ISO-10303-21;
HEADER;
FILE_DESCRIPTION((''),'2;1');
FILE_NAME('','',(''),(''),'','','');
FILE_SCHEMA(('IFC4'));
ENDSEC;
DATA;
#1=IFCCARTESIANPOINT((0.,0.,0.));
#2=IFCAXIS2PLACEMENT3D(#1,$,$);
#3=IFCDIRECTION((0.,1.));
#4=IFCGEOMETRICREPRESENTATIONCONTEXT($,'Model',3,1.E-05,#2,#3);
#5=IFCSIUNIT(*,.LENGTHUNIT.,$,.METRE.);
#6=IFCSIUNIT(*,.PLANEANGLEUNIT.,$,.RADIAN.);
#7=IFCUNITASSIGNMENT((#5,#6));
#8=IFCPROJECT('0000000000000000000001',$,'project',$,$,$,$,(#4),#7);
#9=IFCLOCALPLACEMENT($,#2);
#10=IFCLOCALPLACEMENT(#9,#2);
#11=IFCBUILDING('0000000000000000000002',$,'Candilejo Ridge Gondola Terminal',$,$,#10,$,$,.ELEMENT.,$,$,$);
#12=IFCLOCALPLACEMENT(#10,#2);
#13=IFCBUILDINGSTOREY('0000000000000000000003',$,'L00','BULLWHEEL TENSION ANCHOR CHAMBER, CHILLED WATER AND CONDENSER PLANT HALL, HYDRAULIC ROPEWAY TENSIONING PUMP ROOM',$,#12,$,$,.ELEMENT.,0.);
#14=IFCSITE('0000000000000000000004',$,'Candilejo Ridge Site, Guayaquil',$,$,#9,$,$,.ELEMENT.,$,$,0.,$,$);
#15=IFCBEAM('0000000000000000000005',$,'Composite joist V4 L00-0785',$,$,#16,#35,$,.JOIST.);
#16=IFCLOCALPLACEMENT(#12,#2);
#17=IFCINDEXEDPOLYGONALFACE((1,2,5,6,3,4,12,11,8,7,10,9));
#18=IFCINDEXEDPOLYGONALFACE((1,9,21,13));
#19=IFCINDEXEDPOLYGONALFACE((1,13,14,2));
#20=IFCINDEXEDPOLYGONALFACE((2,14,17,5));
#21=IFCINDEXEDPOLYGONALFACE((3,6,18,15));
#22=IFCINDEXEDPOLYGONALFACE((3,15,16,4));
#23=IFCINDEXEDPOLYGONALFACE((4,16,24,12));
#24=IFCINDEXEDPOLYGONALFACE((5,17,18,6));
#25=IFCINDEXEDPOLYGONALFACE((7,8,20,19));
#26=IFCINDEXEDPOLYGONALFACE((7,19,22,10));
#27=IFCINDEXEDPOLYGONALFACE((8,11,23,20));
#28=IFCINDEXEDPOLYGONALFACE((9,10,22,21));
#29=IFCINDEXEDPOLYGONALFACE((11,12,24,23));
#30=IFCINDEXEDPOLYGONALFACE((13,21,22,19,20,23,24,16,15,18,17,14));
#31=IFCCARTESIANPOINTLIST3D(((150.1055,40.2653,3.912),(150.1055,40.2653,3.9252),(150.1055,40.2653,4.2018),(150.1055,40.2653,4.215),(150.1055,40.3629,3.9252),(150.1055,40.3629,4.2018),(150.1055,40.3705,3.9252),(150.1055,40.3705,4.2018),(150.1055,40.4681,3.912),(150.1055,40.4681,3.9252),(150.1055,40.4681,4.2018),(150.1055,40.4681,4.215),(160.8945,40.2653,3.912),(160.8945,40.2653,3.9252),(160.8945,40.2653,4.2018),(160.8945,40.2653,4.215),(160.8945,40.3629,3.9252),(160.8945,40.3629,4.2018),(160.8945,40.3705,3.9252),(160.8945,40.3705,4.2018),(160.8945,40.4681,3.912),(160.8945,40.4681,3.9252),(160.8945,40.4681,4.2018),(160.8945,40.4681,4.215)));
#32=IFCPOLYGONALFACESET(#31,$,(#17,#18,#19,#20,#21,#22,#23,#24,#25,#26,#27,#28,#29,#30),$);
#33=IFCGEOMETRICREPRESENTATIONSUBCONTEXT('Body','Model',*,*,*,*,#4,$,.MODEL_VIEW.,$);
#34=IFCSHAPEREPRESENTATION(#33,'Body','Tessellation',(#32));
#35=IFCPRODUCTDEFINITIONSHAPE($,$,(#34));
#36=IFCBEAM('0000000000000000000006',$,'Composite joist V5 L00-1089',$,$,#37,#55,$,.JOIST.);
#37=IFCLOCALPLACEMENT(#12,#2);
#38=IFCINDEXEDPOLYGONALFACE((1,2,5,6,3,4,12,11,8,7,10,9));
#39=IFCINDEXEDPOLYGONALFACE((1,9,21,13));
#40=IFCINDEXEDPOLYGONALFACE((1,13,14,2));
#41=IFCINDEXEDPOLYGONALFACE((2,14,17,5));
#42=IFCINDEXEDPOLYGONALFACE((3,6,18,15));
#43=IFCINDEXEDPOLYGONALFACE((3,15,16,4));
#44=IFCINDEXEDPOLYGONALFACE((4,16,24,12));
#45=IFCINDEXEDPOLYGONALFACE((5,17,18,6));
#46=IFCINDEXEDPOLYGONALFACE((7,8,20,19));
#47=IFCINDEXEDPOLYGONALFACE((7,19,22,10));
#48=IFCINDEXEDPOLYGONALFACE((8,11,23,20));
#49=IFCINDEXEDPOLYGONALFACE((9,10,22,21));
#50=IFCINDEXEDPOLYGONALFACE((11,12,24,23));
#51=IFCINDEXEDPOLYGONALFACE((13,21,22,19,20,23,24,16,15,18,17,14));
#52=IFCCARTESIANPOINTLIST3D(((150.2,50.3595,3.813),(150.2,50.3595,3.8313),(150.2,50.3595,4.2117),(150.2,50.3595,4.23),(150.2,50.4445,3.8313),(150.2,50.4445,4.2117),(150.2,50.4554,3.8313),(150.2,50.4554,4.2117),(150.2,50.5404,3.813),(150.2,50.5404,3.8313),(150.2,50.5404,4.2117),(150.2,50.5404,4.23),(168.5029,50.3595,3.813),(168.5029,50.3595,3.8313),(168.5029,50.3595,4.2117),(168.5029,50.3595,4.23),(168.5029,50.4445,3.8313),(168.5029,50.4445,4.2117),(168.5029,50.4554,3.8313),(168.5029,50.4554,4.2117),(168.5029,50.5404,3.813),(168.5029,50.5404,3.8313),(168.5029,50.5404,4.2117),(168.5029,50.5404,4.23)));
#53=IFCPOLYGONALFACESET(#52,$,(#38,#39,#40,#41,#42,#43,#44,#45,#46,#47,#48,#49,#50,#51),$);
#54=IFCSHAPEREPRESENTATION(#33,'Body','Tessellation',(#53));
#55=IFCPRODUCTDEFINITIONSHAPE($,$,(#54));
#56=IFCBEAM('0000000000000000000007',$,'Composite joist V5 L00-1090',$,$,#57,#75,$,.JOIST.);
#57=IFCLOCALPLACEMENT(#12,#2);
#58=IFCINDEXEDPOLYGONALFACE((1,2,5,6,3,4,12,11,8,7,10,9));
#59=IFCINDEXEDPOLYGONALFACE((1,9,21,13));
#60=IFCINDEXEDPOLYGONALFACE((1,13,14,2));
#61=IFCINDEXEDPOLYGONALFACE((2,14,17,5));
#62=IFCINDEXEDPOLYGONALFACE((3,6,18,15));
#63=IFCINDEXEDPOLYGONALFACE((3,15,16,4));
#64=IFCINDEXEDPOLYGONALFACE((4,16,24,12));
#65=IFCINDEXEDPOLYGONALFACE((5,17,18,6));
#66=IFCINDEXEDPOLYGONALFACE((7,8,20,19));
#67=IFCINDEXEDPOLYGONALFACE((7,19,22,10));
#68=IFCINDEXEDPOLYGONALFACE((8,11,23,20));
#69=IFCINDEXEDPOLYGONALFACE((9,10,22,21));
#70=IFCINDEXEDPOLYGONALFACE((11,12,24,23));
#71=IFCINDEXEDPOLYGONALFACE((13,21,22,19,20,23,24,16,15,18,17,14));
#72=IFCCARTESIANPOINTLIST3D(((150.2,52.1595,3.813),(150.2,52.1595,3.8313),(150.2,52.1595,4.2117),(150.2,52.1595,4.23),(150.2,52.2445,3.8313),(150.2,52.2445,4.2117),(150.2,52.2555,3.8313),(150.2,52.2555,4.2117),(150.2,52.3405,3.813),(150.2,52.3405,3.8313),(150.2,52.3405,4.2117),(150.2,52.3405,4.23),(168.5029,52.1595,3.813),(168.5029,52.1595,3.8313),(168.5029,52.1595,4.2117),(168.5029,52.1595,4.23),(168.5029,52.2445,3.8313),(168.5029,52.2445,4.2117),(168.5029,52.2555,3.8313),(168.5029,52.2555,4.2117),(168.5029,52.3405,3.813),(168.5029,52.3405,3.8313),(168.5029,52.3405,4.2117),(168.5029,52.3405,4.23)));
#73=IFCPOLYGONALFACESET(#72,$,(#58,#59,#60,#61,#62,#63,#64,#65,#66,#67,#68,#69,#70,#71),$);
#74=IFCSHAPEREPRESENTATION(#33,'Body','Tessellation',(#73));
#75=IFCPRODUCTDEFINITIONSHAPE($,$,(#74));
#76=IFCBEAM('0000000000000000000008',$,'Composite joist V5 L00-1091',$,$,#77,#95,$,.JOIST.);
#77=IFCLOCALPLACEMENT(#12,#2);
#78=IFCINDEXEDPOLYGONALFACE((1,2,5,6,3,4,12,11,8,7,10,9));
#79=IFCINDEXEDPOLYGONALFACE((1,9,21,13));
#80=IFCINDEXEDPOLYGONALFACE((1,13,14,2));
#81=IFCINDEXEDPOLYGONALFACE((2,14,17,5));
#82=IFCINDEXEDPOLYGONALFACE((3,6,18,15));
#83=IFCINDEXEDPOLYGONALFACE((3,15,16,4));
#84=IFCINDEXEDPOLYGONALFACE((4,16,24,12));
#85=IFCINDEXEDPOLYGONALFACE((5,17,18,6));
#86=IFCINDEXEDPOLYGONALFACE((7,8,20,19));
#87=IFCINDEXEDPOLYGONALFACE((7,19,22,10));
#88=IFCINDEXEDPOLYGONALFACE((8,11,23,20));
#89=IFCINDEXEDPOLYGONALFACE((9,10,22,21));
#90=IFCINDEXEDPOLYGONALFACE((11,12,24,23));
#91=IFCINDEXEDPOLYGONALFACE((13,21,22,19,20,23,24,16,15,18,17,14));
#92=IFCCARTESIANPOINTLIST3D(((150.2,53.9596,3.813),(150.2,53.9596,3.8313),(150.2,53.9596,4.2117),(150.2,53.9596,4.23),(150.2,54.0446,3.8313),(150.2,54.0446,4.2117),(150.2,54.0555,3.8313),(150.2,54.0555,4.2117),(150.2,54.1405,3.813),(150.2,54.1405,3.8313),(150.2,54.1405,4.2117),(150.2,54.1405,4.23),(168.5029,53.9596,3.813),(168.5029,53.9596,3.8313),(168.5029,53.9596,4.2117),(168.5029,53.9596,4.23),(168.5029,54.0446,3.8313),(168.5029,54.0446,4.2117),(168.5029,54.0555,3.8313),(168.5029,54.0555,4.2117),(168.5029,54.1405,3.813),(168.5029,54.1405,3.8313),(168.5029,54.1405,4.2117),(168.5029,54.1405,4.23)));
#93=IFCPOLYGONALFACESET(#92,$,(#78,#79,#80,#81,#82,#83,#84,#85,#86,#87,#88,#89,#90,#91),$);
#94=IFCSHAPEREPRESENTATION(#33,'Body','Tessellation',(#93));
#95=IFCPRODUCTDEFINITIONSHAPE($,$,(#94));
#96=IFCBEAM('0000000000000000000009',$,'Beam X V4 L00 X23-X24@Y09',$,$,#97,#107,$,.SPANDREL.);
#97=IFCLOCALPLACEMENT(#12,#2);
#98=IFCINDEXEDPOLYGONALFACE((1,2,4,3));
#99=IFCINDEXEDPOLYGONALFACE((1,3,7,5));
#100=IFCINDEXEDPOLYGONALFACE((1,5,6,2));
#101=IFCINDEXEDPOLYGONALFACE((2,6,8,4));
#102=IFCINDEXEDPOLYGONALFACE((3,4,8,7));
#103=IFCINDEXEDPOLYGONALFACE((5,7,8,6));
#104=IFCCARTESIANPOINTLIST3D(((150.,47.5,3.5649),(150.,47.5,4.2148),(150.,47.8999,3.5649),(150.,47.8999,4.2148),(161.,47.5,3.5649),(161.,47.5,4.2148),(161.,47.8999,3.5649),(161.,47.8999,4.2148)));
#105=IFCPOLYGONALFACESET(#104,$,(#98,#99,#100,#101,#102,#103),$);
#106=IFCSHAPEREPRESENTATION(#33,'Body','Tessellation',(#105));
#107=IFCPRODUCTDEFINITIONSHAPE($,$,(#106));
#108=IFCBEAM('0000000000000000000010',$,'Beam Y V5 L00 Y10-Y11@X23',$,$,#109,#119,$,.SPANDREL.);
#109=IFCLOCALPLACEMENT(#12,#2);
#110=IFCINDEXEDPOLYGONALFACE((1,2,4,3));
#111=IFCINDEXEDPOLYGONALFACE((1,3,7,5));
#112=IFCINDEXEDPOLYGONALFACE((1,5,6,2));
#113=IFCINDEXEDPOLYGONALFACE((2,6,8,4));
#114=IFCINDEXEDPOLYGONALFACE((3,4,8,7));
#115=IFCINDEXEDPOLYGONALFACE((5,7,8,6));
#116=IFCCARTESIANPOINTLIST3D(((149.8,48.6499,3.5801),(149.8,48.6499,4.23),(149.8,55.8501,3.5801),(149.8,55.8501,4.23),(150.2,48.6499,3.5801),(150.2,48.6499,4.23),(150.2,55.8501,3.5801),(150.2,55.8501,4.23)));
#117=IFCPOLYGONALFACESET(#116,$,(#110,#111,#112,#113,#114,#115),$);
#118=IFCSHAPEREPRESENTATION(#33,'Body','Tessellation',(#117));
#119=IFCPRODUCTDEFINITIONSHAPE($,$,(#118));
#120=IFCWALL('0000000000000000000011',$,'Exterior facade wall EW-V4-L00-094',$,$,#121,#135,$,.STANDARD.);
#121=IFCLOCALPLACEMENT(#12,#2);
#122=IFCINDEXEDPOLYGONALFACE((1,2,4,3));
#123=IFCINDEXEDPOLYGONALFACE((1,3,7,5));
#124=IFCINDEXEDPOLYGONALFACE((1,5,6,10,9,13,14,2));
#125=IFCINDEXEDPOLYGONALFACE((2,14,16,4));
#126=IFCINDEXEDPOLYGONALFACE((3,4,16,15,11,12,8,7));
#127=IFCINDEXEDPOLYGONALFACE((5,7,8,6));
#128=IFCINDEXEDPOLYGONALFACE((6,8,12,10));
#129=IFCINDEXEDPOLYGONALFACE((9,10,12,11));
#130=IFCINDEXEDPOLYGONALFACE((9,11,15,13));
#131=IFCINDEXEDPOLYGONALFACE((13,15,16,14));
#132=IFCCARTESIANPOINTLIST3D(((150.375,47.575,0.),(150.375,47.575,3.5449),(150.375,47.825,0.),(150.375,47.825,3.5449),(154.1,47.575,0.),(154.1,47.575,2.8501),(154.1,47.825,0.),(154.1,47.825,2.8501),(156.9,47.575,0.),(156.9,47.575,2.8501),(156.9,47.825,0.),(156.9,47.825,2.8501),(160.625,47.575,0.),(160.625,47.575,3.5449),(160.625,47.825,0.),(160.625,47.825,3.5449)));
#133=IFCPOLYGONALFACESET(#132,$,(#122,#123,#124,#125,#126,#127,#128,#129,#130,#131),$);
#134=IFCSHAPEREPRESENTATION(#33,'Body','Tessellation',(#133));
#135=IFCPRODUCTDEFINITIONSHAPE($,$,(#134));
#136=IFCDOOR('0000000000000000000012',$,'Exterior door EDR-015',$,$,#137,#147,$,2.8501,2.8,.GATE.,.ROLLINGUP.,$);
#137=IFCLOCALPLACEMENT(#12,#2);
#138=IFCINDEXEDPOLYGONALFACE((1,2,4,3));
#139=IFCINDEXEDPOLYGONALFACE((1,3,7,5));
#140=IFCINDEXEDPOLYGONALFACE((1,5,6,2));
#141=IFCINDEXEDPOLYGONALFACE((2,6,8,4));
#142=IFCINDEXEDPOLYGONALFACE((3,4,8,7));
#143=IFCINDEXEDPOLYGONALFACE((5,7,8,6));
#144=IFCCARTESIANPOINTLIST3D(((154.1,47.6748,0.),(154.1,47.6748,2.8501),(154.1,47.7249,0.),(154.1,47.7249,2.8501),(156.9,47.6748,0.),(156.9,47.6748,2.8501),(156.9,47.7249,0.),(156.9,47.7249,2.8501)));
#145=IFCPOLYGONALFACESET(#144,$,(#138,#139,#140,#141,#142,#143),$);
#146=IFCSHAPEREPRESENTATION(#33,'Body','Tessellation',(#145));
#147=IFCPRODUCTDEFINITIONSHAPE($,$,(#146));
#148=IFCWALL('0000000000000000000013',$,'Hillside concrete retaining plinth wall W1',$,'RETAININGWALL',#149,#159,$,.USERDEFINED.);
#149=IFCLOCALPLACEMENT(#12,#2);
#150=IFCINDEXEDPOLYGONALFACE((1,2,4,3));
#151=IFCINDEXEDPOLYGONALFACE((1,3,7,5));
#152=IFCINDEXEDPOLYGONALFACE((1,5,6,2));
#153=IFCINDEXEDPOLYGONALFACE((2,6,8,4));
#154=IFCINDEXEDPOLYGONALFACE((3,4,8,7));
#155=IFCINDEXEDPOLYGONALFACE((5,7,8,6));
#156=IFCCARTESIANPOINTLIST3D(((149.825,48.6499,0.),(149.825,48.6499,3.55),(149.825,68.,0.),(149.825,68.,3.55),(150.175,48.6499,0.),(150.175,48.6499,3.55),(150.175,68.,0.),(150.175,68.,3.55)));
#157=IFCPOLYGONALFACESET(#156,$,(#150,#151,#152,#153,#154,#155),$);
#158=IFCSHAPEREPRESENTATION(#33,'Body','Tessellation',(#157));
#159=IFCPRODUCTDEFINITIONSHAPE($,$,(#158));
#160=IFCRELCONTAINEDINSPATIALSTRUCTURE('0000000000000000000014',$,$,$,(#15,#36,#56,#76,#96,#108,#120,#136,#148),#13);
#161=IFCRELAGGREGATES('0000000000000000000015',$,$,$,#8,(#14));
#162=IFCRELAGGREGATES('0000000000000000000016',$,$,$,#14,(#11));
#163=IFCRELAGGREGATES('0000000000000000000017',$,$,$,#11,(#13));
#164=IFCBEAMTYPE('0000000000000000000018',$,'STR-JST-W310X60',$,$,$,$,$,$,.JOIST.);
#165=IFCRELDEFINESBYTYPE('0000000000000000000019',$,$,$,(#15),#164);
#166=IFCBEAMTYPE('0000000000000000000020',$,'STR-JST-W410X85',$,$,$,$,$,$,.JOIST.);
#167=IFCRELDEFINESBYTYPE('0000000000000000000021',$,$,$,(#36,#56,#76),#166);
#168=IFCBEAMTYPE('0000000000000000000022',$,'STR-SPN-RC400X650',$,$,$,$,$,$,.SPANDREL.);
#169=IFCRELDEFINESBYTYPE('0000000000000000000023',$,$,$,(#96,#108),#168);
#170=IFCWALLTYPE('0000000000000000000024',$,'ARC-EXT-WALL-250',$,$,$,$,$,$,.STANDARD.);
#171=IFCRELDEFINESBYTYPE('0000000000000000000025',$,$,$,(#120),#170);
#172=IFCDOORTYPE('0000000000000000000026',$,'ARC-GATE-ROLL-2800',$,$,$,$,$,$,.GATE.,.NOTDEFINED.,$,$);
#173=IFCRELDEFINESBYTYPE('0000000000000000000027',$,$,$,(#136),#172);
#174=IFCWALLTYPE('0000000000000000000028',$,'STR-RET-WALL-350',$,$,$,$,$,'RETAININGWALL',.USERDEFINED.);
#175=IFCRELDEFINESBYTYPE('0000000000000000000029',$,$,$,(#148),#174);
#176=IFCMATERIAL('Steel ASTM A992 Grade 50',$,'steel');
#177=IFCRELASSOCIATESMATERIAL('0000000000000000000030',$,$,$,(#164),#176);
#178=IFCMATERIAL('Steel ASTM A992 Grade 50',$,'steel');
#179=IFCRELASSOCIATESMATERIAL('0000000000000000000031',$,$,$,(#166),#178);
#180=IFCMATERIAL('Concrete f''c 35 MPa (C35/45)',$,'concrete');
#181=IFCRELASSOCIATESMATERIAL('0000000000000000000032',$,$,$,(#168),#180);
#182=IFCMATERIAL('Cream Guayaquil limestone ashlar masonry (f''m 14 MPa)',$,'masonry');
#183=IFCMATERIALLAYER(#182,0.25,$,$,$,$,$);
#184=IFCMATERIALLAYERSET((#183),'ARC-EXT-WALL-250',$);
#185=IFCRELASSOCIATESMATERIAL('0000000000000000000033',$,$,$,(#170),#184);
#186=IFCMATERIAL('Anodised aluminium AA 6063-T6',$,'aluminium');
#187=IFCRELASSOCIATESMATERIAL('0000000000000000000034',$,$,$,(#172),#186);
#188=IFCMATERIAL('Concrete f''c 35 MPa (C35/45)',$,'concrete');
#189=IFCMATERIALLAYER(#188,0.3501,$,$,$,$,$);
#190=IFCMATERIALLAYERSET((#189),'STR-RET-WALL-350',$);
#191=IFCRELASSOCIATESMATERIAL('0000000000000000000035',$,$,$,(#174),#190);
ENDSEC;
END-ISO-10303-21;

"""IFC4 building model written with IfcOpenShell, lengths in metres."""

from ifc_helpers import new_model, si_unit, direction, frame, frame_2d, origin, origin_2d, place, context, subcontext, project, spatial, rectangle, i_section, extrude, material, layer, layer_set, material_profile, profile_set, type_object, element, fill, save


model = new_model("IFC4")

# Units and contexts
model_context = context("Model", 3, precision=1e-05, world=origin(), true_north=direction((0.0, 1.0)))
body_context = subcontext(model_context, "Body", "Model", "MODEL_VIEW")
ifc_project = project(units=[si_unit("LENGTHUNIT", "METRE"), si_unit("PLANEANGLEUNIT", "RADIAN")], contexts=[model_context])

# Site, building, storey
site_placement = place(None, origin())
site = spatial("IfcSite", under=ifc_project, at=site_placement, Name="Candilejo Ridge Site, Guayaquil", CompositionType="ELEMENT", RefElevation=0.0)
building_placement = place(site_placement, origin())
building = spatial("IfcBuilding", under=site, at=building_placement, Name="Candilejo Ridge Gondola Terminal", CompositionType="ELEMENT")
storey_placement = place(building_placement, origin())
storey = spatial("IfcBuildingStorey", under=building, at=storey_placement, Name="L00", Description="BULLWHEEL TENSION ANCHOR CHAMBER, CHILLED WATER AND CONDENSER PLANT HALL, HYDRAULIC ROPEWAY TENSIONING PUMP ROOM", CompositionType="ELEMENT", Elevation=0.0)

# Beams
ifc_material_1 = material(Name="Steel ASTM A992 Grade 50", Category="steel")
ifc_material_profile_1 = material_profile(ifc_material_1, i_section(OverallWidth=0.2029, OverallDepth=0.303, WebThickness=0.0076, FlangeThickness=0.0132, at=origin_2d()))
ifc_profile_set_1 = profile_set([ifc_material_profile_1], Name="Steel ASTM A992 Grade 50")
beam_type_1 = type_object("IfcBeamType", Name="STR-JST-W310X60", PredefinedType="JOIST", material=ifc_profile_set_1)
for number, where, z_axis, x_axis, name in (
    (1, (150.1055, 40.3667, 4.0635), (1.0, 0.0, 0.0), (0.0, 1.0, 0.0), "Composite joist V4 L00-0785"),
):
    element("IfcBeam", number, at=place(storey_placement, frame(where, z_axis=z_axis, x_axis=x_axis)), inside=storey, type_object=beam_type_1, Name=name, PredefinedType="JOIST", context=body_context, shape_type="SweptSolid", body=[
        extrude(i_section(OverallWidth=0.2029, OverallDepth=0.303, WebThickness=0.0076, FlangeThickness=0.0132, at=origin_2d()), origin(), (0.0, 0.0, 1.0), 10.7891),
    ])
ifc_material_2 = material(Name="Steel ASTM A992 Grade 50", Category="steel")
ifc_material_profile_2 = material_profile(ifc_material_2, i_section(OverallWidth=0.1809, OverallDepth=0.417, WebThickness=0.011, FlangeThickness=0.0183, at=origin_2d()))
ifc_profile_set_2 = profile_set([ifc_material_profile_2], Name="Steel ASTM A992 Grade 50")
beam_type_2 = type_object("IfcBeamType", Name="STR-JST-W410X85", PredefinedType="JOIST", material=ifc_profile_set_2)
for number, where, z_axis, x_axis, name in (
    (2, (150.2, 50.45, 4.0215), (1.0, 0.0, 0.0), (0.0, 1.0, 0.0), "Composite joist V5 L00-1089"),
    (3, (150.2, 52.25, 4.0215), (1.0, 0.0, 0.0), (0.0, 1.0, 0.0), "Composite joist V5 L00-1090"),
    (4, (150.2, 54.05, 4.0215), (1.0, 0.0, 0.0), (0.0, 1.0, 0.0), "Composite joist V5 L00-1091"),
):
    element("IfcBeam", number, at=place(storey_placement, frame(where, z_axis=z_axis, x_axis=x_axis)), inside=storey, type_object=beam_type_2, Name=name, PredefinedType="JOIST", context=body_context, shape_type="SweptSolid", body=[
        extrude(i_section(OverallWidth=0.1809, OverallDepth=0.417, WebThickness=0.011, FlangeThickness=0.0183, at=origin_2d()), origin(), (0.0, 0.0, 1.0), 18.303),
    ])
ifc_material_3 = material(Name="Concrete f'c 35 MPa (C35/45)", Category="concrete")
ifc_material_profile_3 = material_profile(ifc_material_3, rectangle(XDim=0.3999, YDim=0.6499, at=origin_2d()))
ifc_profile_set_3 = profile_set([ifc_material_profile_3], Name="Concrete f'c 35 MPa (C35/45)")
beam_type_3 = type_object("IfcBeamType", Name="STR-SPN-RC400X650", PredefinedType="SPANDREL", material=ifc_profile_set_3)
beam_1_placement = place(storey_placement, frame((150.0, 47.7, 3.8899), z_axis=(1.0, 0.0, 0.0), x_axis=(0.0, 1.0, 0.0)))
element("IfcBeam", 5, at=beam_1_placement, inside=storey, type_object=beam_type_3, Name="Beam X V4 L00 X23-X24@Y09", PredefinedType="SPANDREL", context=body_context, shape_type="SweptSolid", body=[
    extrude(rectangle(XDim=0.3999, YDim=0.6499, at=origin_2d()), origin(), (0.0, 0.0, 1.0), 11.0),
])
beam_2_placement = place(storey_placement, frame((150.0, 48.6499, 3.905), z_axis=(0.0, 1.0, 0.0), x_axis=(-1.0, 0.0, 0.0)))
element("IfcBeam", 6, at=beam_2_placement, inside=storey, type_object=beam_type_3, Name="Beam Y V5 L00 Y10-Y11@X23", PredefinedType="SPANDREL", context=body_context, shape_type="SweptSolid", body=[
    extrude(rectangle(XDim=0.3999, YDim=0.6499, at=origin_2d()), origin(), (0.0, 0.0, 1.0), 7.2002),
])

# Wall, opening, door
ifc_material_4 = material(Name="Cream Guayaquil limestone ashlar masonry (f'm 14 MPa)", Category="masonry")
ifc_layer_1 = layer(ifc_material_4, 0.25)
ifc_layer_set_1 = layer_set([ifc_layer_1], Name="ARC-EXT-WALL-250")
wall_type_1 = type_object("IfcWallType", Name="ARC-EXT-WALL-250", PredefinedType="STANDARD", material=ifc_layer_set_1)
wall_1_placement = place(storey_placement, frame((150.375, 47.7, 0.0), z_axis=(0.0, 0.0, 1.0), x_axis=(1.0, 0.0, 0.0)))
wall_1 = element("IfcWall", 7, at=wall_1_placement, inside=storey, type_object=wall_type_1, Name="Exterior facade wall EW-V4-L00-094", PredefinedType="STANDARD", context=body_context, shape_type="SweptSolid", body=[
    extrude(rectangle(XDim=10.25, YDim=0.25, at=frame_2d((5.125, 0.0))), origin(), (0.0, 0.0, 1.0), 3.5449),
])
opening_placement = place(wall_1_placement, frame((3.7251, 0.0, 0.0)))
opening = element("IfcOpeningElement", 8, at=opening_placement, cuts=wall_1, PredefinedType="OPENING", context=body_context, shape_type="SweptSolid", body=[
    extrude(rectangle(XDim=2.8, YDim=2.8501, at=frame_2d((1.3999, 1.425))), frame((0.0, 0.135, 0.0), z_axis=(0.0, -1.0, 0.0), x_axis=(1.0, 0.0, 0.0)), (0.0, 0.0, 1.0), 0.27),
])
ifc_material_5 = material(Name="Anodised aluminium AA 6063-T6", Category="aluminium")
door_type = type_object("IfcDoorType", Name="ARC-GATE-ROLL-2800", OperationType="NOTDEFINED", PredefinedType="GATE", material=ifc_material_5)
door_placement = place(opening_placement, origin())
door = element("IfcDoor", 9, at=door_placement, inside=storey, type_object=door_type, Name="Exterior door EDR-015", OperationType="ROLLINGUP", OverallHeight=2.8501, OverallWidth=2.8, PredefinedType="GATE", context=body_context, shape_type="SweptSolid", body=[
    extrude(rectangle(XDim=2.8, YDim=2.8501, at=frame_2d((1.3999, 1.425))), frame((0.0, 0.0249, 0.0), z_axis=(0.0, -1.0, 0.0), x_axis=(1.0, 0.0, 0.0)), (0.0, 0.0, 1.0), 0.05),
])
fill(opening, door)

# Wall
ifc_material_6 = material(Name="Concrete f'c 35 MPa (C35/45)", Category="concrete")
ifc_layer_2 = layer(ifc_material_6, 0.3501)
ifc_layer_set_2 = layer_set([ifc_layer_2], Name="STR-RET-WALL-350")
wall_type_2 = type_object("IfcWallType", Name="STR-RET-WALL-350", ElementType="RETAININGWALL", PredefinedType="USERDEFINED", material=ifc_layer_set_2)
wall_2_placement = place(storey_placement, frame((150.0, 48.6499, 0.0), z_axis=(0.0, 0.0, 1.0), x_axis=(0.0, 1.0, 0.0)))
element("IfcWall", 10, at=wall_2_placement, inside=storey, type_object=wall_type_2, Name="Hillside concrete retaining plinth wall W1", ObjectType="RETAININGWALL", PredefinedType="USERDEFINED", context=body_context, shape_type="SweptSolid", body=[
    extrude(rectangle(XDim=19.3501, YDim=0.3501, at=frame_2d((9.675, 0.0))), origin(), (0.0, 0.0, 1.0), 3.55),
])

save(model, "model.ifc")
